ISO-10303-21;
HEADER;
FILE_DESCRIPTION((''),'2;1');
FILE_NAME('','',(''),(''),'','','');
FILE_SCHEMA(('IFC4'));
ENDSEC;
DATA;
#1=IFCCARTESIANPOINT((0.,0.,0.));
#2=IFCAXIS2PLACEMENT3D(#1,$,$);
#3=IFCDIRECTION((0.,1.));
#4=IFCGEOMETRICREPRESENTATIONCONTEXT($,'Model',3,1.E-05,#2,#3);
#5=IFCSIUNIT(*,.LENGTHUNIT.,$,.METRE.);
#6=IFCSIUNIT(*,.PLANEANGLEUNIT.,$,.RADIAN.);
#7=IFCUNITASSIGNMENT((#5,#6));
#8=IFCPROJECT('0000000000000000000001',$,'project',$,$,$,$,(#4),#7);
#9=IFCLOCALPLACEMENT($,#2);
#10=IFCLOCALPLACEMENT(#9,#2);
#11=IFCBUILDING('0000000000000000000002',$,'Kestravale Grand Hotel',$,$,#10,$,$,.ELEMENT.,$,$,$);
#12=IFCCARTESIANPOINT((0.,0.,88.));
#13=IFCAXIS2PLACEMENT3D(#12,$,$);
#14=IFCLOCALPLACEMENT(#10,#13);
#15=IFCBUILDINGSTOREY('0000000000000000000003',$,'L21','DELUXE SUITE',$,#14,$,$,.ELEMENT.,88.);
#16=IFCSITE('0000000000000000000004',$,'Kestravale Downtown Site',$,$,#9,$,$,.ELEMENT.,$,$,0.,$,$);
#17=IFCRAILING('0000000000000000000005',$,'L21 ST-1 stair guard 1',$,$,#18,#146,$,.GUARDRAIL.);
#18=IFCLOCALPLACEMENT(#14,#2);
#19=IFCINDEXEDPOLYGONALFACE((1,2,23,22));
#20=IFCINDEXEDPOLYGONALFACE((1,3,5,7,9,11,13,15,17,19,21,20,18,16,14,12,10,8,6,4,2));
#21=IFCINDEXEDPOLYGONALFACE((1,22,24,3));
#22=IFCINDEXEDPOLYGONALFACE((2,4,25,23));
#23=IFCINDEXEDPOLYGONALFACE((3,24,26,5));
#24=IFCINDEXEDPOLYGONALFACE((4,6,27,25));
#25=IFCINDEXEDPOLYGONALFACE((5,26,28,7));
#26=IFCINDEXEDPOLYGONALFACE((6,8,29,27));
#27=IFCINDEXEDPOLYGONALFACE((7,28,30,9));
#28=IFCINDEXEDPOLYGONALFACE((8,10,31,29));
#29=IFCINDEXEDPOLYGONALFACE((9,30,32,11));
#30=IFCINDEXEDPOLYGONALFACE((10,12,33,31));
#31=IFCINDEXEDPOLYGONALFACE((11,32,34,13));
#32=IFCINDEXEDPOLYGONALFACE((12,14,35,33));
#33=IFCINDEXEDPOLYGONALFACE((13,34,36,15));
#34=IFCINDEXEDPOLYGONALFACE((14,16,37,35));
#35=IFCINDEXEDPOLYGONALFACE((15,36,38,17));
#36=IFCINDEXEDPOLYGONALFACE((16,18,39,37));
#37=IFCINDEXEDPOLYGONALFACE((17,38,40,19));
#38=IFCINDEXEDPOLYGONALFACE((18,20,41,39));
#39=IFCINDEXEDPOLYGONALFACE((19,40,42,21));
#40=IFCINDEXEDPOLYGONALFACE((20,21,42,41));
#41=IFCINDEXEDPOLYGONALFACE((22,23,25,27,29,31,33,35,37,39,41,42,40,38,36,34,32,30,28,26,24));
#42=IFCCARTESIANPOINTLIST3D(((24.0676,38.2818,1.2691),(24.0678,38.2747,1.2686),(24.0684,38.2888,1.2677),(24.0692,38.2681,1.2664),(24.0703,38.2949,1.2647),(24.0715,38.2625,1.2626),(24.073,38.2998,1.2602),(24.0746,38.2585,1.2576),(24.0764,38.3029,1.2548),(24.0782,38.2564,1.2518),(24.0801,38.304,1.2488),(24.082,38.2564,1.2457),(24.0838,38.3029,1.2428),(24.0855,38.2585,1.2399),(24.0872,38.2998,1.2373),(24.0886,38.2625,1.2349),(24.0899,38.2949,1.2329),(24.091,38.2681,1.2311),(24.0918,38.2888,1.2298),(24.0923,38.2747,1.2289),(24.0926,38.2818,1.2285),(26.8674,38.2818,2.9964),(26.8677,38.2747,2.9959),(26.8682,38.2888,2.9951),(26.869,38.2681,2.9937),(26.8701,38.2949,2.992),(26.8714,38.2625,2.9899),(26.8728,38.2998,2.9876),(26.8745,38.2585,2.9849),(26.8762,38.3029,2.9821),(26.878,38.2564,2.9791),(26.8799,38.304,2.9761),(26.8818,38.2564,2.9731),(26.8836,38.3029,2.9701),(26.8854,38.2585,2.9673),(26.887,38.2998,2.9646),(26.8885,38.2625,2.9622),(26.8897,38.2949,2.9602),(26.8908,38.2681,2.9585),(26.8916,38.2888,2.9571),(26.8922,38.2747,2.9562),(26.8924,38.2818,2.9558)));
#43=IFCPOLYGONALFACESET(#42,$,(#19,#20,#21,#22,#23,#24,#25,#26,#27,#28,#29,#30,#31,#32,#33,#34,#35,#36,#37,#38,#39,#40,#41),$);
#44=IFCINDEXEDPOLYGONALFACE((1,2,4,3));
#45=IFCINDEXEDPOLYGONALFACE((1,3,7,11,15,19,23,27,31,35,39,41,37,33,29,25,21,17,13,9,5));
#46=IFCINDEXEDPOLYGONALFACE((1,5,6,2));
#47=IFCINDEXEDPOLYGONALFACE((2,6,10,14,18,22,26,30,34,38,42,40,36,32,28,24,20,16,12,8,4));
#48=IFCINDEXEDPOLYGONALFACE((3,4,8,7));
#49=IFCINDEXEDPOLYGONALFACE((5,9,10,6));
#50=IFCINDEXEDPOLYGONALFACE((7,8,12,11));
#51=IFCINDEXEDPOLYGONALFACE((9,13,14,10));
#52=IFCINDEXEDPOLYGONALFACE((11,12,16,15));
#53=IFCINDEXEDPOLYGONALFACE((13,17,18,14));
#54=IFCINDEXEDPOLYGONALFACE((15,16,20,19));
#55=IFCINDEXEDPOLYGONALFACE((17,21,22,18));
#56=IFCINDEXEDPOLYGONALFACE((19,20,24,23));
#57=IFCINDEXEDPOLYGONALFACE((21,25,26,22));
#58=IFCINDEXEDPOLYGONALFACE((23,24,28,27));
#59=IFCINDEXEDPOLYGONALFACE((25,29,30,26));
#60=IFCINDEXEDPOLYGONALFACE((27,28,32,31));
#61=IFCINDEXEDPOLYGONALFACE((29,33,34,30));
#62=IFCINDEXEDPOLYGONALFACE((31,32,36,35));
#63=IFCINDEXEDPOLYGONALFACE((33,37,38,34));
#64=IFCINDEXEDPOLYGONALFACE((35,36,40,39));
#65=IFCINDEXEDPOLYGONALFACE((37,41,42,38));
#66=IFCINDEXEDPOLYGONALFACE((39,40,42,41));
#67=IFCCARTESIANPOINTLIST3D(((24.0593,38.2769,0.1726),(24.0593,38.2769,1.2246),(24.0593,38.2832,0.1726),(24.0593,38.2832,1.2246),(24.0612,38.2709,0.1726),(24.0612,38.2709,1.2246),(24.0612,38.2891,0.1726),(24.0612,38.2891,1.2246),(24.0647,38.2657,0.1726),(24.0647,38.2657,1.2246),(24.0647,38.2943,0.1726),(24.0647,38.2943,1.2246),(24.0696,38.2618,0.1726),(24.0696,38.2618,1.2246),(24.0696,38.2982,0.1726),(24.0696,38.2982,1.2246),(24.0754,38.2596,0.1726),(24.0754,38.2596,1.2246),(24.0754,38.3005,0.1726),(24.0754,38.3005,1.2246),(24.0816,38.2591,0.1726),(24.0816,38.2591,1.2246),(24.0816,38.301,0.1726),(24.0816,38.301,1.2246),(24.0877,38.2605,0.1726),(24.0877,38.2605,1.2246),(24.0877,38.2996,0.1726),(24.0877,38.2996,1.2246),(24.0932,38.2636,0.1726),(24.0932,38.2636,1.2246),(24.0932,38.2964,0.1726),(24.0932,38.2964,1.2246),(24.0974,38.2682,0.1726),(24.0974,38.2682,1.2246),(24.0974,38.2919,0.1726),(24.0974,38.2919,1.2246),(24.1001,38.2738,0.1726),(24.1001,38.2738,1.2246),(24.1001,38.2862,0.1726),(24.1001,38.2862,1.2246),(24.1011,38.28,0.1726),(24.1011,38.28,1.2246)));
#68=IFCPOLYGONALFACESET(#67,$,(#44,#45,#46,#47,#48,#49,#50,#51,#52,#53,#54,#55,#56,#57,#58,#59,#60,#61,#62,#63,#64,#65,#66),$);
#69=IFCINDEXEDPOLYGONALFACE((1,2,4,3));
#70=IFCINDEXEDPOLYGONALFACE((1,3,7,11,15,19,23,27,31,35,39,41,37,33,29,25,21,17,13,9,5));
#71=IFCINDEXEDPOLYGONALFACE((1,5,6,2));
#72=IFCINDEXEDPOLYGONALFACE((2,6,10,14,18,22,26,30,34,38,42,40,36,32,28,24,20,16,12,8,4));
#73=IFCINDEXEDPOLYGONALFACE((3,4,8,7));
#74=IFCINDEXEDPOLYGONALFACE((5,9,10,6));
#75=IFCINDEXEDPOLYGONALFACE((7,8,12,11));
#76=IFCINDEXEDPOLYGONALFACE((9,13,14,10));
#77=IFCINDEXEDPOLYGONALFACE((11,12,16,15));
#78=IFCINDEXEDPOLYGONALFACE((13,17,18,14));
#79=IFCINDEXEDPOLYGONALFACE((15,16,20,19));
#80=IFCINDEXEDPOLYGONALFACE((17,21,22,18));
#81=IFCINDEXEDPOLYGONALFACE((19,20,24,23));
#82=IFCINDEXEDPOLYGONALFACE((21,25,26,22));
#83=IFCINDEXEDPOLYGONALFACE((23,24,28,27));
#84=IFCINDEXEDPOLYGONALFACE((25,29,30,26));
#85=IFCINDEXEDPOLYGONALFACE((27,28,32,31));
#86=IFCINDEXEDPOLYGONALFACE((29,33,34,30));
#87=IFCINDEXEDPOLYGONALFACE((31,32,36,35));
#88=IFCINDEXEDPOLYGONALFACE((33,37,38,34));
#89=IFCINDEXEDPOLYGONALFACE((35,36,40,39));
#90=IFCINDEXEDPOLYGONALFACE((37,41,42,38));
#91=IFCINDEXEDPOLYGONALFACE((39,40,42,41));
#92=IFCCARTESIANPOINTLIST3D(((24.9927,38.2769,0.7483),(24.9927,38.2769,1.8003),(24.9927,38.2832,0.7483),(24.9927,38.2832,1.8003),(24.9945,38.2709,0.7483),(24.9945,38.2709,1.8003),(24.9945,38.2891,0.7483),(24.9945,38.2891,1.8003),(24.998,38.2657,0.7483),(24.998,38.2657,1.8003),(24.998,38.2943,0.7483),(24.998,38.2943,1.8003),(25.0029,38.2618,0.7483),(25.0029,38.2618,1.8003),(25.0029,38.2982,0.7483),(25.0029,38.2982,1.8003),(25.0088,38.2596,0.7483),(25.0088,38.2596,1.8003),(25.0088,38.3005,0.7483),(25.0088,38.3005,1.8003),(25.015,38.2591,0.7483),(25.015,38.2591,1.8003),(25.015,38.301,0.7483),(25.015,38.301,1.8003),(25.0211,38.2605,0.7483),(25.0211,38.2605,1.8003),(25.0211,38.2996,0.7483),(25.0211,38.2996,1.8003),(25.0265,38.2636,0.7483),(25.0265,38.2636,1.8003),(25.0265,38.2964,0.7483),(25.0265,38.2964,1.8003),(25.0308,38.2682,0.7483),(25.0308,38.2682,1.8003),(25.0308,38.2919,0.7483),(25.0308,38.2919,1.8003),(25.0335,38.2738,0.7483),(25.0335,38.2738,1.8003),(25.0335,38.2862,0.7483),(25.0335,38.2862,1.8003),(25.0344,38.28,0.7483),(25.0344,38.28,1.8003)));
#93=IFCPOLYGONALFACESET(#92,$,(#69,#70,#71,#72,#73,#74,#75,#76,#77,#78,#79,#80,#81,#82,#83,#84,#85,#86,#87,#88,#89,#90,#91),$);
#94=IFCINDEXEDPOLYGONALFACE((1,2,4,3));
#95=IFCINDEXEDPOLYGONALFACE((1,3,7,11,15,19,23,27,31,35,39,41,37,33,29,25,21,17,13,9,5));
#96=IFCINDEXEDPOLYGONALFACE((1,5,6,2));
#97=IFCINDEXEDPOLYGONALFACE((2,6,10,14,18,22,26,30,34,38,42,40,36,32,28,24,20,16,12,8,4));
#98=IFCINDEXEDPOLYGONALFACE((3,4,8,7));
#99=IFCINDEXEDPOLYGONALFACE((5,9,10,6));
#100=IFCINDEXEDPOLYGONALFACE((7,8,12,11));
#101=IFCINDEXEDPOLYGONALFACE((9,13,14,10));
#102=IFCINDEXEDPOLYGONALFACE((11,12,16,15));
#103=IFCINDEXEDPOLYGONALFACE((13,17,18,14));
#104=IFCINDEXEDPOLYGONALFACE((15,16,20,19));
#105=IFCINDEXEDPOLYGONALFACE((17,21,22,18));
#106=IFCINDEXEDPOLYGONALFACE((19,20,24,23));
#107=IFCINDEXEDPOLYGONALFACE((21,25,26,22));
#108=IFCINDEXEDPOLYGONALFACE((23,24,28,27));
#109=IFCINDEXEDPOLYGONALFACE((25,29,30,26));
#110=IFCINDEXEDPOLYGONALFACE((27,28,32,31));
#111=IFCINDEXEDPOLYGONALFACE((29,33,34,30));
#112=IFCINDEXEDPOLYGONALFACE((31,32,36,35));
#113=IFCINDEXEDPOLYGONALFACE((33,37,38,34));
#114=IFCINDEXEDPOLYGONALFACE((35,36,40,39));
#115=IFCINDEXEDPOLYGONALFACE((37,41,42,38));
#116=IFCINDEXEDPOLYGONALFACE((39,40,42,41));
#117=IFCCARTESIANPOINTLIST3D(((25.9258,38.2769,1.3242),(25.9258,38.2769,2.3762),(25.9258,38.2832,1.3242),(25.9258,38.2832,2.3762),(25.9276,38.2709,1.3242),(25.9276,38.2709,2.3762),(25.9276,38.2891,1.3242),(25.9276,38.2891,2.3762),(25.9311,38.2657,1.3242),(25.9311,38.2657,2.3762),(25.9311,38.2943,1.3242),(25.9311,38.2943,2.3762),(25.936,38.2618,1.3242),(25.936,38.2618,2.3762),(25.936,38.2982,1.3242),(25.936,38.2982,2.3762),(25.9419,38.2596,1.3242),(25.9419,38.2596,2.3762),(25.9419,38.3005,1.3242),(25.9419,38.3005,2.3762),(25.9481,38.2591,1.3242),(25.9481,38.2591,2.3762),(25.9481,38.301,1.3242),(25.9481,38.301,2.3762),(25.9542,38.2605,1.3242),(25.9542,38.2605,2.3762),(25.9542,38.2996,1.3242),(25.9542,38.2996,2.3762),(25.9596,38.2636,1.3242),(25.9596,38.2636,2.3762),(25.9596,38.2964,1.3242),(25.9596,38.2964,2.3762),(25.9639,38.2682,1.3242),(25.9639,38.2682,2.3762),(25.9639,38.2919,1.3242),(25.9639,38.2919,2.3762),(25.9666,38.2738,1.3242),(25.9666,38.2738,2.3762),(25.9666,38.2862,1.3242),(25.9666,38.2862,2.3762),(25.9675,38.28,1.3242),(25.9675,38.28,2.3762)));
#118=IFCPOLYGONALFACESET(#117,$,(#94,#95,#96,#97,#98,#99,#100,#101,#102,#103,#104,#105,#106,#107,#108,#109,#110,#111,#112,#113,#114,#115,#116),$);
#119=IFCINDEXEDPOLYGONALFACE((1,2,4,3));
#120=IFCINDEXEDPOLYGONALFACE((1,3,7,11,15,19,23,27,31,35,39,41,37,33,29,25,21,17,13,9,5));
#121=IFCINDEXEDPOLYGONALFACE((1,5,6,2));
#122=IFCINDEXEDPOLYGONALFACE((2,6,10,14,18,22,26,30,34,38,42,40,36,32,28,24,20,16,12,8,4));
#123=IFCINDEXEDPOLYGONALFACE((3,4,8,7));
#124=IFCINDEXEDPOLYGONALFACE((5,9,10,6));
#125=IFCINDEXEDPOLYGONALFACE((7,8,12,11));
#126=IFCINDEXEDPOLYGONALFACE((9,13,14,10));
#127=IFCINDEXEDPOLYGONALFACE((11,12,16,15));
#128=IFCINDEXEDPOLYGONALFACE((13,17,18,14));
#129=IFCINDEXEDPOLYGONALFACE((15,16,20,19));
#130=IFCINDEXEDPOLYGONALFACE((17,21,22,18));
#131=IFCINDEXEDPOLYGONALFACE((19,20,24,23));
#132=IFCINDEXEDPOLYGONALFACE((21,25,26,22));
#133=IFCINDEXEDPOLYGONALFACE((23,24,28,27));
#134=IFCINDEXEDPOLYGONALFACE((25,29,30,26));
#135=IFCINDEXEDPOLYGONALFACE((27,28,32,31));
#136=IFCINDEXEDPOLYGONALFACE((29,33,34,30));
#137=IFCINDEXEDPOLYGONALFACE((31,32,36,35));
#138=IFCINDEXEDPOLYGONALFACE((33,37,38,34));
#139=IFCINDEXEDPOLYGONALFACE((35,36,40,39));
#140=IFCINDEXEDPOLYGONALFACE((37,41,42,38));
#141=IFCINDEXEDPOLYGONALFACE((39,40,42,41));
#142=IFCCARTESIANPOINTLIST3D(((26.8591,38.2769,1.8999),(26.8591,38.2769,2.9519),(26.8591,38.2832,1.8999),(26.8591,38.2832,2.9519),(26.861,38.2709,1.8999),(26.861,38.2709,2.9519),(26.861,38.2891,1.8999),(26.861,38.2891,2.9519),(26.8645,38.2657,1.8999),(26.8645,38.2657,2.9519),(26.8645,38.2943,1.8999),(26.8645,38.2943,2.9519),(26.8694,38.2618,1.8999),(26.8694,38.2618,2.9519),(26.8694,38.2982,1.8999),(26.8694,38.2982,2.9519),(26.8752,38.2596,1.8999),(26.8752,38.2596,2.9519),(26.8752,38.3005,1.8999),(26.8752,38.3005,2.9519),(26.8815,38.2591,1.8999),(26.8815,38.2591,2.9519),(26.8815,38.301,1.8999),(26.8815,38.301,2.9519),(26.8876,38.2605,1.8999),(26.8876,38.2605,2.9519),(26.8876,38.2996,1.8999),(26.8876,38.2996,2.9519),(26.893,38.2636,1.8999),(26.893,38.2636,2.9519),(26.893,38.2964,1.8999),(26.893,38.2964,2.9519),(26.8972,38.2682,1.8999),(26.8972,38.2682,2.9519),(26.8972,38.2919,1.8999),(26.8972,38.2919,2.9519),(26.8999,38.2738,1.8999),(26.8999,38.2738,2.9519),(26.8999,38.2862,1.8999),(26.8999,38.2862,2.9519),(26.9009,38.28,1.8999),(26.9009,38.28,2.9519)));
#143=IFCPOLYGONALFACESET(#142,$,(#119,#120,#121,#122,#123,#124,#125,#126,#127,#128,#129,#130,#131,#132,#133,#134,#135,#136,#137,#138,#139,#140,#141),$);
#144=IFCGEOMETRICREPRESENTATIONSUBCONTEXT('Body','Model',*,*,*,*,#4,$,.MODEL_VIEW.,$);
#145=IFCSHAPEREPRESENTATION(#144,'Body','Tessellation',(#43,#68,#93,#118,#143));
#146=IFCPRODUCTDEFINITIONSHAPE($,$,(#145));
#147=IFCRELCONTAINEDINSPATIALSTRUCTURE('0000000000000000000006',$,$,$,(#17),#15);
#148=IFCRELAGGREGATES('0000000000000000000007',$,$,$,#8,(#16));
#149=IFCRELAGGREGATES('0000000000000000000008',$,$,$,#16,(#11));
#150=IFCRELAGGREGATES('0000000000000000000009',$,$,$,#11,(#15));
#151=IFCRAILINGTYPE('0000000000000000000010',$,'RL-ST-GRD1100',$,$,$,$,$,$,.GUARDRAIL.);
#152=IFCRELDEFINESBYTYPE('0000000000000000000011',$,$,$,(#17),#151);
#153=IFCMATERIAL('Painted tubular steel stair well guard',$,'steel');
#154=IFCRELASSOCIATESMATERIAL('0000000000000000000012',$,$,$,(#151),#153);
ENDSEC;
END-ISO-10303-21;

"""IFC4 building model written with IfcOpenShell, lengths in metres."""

from ifc_helpers import new_model, si_unit, direction, frame, origin, origin_2d, place, context, subcontext, project, spatial, circle, extrude, material, type_object, element, save


model = new_model("IFC4")

# Units and contexts
model_context = context("Model", 3, precision=1e-05, world=origin(), true_north=direction((0.0, 1.0)))
body_context = subcontext(model_context, "Body", "Model", "MODEL_VIEW")
ifc_project = project(units=[si_unit("LENGTHUNIT", "METRE"), si_unit("PLANEANGLEUNIT", "RADIAN")], contexts=[model_context])

# Site, building, storey
site_placement = place(None, origin())
site = spatial("IfcSite", under=ifc_project, at=site_placement, Name="Kestravale Downtown Site", CompositionType="ELEMENT", RefElevation=0.0)
building_placement = place(site_placement, origin())
building = spatial("IfcBuilding", under=site, at=building_placement, Name="Kestravale Grand Hotel", CompositionType="ELEMENT")
storey_placement = place(building_placement, frame((0.0, 0.0, 88.0)))
storey = spatial("IfcBuildingStorey", under=building, at=storey_placement, Name="L21", Description="DELUXE SUITE", CompositionType="ELEMENT", Elevation=88.0)

# Railing
ifc_material_1 = material(Name="Painted tubular steel stair well guard", Category="steel")
railing_type_1 = type_object("IfcRailingType", Name="RL-ST-GRD1100", PredefinedType="GUARDRAIL", material=ifc_material_1)
railing_1_placement = place(storey_placement, frame((24.0801, 38.28, 0.1726)))
element("IfcRailing", 1, at=railing_1_placement, inside=storey, type_object=railing_type_1, Name="L21 ST-1 stair guard 1", PredefinedType="GUARDRAIL", context=body_context, shape_type="SweptSolid", body=[
    extrude(circle(Radius=0.0239, at=origin_2d()), frame((0.0, 0.0, 1.0762), z_axis=(0.851069, 0.0, 0.525054), x_axis=(0.0, 1.0, 0.0)), (0.0, 0.0, 1.0), 3.2898),
    extrude(circle(Radius=0.021, at=origin_2d()), origin(), (0.0, 0.0, 1.0), 1.052),
    extrude(circle(Radius=0.021, at=origin_2d()), frame((0.9333, 0.0, 0.5757)), (0.0, 0.0, 1.0), 1.052),
    extrude(circle(Radius=0.021, at=origin_2d()), frame((1.8665, 0.0, 1.1516)), (0.0, 0.0, 1.0), 1.052),
    extrude(circle(Radius=0.021, at=origin_2d()), frame((2.7998, 0.0, 1.7273)), (0.0, 0.0, 1.0), 1.052),
])

save(model, "model.ifc")
